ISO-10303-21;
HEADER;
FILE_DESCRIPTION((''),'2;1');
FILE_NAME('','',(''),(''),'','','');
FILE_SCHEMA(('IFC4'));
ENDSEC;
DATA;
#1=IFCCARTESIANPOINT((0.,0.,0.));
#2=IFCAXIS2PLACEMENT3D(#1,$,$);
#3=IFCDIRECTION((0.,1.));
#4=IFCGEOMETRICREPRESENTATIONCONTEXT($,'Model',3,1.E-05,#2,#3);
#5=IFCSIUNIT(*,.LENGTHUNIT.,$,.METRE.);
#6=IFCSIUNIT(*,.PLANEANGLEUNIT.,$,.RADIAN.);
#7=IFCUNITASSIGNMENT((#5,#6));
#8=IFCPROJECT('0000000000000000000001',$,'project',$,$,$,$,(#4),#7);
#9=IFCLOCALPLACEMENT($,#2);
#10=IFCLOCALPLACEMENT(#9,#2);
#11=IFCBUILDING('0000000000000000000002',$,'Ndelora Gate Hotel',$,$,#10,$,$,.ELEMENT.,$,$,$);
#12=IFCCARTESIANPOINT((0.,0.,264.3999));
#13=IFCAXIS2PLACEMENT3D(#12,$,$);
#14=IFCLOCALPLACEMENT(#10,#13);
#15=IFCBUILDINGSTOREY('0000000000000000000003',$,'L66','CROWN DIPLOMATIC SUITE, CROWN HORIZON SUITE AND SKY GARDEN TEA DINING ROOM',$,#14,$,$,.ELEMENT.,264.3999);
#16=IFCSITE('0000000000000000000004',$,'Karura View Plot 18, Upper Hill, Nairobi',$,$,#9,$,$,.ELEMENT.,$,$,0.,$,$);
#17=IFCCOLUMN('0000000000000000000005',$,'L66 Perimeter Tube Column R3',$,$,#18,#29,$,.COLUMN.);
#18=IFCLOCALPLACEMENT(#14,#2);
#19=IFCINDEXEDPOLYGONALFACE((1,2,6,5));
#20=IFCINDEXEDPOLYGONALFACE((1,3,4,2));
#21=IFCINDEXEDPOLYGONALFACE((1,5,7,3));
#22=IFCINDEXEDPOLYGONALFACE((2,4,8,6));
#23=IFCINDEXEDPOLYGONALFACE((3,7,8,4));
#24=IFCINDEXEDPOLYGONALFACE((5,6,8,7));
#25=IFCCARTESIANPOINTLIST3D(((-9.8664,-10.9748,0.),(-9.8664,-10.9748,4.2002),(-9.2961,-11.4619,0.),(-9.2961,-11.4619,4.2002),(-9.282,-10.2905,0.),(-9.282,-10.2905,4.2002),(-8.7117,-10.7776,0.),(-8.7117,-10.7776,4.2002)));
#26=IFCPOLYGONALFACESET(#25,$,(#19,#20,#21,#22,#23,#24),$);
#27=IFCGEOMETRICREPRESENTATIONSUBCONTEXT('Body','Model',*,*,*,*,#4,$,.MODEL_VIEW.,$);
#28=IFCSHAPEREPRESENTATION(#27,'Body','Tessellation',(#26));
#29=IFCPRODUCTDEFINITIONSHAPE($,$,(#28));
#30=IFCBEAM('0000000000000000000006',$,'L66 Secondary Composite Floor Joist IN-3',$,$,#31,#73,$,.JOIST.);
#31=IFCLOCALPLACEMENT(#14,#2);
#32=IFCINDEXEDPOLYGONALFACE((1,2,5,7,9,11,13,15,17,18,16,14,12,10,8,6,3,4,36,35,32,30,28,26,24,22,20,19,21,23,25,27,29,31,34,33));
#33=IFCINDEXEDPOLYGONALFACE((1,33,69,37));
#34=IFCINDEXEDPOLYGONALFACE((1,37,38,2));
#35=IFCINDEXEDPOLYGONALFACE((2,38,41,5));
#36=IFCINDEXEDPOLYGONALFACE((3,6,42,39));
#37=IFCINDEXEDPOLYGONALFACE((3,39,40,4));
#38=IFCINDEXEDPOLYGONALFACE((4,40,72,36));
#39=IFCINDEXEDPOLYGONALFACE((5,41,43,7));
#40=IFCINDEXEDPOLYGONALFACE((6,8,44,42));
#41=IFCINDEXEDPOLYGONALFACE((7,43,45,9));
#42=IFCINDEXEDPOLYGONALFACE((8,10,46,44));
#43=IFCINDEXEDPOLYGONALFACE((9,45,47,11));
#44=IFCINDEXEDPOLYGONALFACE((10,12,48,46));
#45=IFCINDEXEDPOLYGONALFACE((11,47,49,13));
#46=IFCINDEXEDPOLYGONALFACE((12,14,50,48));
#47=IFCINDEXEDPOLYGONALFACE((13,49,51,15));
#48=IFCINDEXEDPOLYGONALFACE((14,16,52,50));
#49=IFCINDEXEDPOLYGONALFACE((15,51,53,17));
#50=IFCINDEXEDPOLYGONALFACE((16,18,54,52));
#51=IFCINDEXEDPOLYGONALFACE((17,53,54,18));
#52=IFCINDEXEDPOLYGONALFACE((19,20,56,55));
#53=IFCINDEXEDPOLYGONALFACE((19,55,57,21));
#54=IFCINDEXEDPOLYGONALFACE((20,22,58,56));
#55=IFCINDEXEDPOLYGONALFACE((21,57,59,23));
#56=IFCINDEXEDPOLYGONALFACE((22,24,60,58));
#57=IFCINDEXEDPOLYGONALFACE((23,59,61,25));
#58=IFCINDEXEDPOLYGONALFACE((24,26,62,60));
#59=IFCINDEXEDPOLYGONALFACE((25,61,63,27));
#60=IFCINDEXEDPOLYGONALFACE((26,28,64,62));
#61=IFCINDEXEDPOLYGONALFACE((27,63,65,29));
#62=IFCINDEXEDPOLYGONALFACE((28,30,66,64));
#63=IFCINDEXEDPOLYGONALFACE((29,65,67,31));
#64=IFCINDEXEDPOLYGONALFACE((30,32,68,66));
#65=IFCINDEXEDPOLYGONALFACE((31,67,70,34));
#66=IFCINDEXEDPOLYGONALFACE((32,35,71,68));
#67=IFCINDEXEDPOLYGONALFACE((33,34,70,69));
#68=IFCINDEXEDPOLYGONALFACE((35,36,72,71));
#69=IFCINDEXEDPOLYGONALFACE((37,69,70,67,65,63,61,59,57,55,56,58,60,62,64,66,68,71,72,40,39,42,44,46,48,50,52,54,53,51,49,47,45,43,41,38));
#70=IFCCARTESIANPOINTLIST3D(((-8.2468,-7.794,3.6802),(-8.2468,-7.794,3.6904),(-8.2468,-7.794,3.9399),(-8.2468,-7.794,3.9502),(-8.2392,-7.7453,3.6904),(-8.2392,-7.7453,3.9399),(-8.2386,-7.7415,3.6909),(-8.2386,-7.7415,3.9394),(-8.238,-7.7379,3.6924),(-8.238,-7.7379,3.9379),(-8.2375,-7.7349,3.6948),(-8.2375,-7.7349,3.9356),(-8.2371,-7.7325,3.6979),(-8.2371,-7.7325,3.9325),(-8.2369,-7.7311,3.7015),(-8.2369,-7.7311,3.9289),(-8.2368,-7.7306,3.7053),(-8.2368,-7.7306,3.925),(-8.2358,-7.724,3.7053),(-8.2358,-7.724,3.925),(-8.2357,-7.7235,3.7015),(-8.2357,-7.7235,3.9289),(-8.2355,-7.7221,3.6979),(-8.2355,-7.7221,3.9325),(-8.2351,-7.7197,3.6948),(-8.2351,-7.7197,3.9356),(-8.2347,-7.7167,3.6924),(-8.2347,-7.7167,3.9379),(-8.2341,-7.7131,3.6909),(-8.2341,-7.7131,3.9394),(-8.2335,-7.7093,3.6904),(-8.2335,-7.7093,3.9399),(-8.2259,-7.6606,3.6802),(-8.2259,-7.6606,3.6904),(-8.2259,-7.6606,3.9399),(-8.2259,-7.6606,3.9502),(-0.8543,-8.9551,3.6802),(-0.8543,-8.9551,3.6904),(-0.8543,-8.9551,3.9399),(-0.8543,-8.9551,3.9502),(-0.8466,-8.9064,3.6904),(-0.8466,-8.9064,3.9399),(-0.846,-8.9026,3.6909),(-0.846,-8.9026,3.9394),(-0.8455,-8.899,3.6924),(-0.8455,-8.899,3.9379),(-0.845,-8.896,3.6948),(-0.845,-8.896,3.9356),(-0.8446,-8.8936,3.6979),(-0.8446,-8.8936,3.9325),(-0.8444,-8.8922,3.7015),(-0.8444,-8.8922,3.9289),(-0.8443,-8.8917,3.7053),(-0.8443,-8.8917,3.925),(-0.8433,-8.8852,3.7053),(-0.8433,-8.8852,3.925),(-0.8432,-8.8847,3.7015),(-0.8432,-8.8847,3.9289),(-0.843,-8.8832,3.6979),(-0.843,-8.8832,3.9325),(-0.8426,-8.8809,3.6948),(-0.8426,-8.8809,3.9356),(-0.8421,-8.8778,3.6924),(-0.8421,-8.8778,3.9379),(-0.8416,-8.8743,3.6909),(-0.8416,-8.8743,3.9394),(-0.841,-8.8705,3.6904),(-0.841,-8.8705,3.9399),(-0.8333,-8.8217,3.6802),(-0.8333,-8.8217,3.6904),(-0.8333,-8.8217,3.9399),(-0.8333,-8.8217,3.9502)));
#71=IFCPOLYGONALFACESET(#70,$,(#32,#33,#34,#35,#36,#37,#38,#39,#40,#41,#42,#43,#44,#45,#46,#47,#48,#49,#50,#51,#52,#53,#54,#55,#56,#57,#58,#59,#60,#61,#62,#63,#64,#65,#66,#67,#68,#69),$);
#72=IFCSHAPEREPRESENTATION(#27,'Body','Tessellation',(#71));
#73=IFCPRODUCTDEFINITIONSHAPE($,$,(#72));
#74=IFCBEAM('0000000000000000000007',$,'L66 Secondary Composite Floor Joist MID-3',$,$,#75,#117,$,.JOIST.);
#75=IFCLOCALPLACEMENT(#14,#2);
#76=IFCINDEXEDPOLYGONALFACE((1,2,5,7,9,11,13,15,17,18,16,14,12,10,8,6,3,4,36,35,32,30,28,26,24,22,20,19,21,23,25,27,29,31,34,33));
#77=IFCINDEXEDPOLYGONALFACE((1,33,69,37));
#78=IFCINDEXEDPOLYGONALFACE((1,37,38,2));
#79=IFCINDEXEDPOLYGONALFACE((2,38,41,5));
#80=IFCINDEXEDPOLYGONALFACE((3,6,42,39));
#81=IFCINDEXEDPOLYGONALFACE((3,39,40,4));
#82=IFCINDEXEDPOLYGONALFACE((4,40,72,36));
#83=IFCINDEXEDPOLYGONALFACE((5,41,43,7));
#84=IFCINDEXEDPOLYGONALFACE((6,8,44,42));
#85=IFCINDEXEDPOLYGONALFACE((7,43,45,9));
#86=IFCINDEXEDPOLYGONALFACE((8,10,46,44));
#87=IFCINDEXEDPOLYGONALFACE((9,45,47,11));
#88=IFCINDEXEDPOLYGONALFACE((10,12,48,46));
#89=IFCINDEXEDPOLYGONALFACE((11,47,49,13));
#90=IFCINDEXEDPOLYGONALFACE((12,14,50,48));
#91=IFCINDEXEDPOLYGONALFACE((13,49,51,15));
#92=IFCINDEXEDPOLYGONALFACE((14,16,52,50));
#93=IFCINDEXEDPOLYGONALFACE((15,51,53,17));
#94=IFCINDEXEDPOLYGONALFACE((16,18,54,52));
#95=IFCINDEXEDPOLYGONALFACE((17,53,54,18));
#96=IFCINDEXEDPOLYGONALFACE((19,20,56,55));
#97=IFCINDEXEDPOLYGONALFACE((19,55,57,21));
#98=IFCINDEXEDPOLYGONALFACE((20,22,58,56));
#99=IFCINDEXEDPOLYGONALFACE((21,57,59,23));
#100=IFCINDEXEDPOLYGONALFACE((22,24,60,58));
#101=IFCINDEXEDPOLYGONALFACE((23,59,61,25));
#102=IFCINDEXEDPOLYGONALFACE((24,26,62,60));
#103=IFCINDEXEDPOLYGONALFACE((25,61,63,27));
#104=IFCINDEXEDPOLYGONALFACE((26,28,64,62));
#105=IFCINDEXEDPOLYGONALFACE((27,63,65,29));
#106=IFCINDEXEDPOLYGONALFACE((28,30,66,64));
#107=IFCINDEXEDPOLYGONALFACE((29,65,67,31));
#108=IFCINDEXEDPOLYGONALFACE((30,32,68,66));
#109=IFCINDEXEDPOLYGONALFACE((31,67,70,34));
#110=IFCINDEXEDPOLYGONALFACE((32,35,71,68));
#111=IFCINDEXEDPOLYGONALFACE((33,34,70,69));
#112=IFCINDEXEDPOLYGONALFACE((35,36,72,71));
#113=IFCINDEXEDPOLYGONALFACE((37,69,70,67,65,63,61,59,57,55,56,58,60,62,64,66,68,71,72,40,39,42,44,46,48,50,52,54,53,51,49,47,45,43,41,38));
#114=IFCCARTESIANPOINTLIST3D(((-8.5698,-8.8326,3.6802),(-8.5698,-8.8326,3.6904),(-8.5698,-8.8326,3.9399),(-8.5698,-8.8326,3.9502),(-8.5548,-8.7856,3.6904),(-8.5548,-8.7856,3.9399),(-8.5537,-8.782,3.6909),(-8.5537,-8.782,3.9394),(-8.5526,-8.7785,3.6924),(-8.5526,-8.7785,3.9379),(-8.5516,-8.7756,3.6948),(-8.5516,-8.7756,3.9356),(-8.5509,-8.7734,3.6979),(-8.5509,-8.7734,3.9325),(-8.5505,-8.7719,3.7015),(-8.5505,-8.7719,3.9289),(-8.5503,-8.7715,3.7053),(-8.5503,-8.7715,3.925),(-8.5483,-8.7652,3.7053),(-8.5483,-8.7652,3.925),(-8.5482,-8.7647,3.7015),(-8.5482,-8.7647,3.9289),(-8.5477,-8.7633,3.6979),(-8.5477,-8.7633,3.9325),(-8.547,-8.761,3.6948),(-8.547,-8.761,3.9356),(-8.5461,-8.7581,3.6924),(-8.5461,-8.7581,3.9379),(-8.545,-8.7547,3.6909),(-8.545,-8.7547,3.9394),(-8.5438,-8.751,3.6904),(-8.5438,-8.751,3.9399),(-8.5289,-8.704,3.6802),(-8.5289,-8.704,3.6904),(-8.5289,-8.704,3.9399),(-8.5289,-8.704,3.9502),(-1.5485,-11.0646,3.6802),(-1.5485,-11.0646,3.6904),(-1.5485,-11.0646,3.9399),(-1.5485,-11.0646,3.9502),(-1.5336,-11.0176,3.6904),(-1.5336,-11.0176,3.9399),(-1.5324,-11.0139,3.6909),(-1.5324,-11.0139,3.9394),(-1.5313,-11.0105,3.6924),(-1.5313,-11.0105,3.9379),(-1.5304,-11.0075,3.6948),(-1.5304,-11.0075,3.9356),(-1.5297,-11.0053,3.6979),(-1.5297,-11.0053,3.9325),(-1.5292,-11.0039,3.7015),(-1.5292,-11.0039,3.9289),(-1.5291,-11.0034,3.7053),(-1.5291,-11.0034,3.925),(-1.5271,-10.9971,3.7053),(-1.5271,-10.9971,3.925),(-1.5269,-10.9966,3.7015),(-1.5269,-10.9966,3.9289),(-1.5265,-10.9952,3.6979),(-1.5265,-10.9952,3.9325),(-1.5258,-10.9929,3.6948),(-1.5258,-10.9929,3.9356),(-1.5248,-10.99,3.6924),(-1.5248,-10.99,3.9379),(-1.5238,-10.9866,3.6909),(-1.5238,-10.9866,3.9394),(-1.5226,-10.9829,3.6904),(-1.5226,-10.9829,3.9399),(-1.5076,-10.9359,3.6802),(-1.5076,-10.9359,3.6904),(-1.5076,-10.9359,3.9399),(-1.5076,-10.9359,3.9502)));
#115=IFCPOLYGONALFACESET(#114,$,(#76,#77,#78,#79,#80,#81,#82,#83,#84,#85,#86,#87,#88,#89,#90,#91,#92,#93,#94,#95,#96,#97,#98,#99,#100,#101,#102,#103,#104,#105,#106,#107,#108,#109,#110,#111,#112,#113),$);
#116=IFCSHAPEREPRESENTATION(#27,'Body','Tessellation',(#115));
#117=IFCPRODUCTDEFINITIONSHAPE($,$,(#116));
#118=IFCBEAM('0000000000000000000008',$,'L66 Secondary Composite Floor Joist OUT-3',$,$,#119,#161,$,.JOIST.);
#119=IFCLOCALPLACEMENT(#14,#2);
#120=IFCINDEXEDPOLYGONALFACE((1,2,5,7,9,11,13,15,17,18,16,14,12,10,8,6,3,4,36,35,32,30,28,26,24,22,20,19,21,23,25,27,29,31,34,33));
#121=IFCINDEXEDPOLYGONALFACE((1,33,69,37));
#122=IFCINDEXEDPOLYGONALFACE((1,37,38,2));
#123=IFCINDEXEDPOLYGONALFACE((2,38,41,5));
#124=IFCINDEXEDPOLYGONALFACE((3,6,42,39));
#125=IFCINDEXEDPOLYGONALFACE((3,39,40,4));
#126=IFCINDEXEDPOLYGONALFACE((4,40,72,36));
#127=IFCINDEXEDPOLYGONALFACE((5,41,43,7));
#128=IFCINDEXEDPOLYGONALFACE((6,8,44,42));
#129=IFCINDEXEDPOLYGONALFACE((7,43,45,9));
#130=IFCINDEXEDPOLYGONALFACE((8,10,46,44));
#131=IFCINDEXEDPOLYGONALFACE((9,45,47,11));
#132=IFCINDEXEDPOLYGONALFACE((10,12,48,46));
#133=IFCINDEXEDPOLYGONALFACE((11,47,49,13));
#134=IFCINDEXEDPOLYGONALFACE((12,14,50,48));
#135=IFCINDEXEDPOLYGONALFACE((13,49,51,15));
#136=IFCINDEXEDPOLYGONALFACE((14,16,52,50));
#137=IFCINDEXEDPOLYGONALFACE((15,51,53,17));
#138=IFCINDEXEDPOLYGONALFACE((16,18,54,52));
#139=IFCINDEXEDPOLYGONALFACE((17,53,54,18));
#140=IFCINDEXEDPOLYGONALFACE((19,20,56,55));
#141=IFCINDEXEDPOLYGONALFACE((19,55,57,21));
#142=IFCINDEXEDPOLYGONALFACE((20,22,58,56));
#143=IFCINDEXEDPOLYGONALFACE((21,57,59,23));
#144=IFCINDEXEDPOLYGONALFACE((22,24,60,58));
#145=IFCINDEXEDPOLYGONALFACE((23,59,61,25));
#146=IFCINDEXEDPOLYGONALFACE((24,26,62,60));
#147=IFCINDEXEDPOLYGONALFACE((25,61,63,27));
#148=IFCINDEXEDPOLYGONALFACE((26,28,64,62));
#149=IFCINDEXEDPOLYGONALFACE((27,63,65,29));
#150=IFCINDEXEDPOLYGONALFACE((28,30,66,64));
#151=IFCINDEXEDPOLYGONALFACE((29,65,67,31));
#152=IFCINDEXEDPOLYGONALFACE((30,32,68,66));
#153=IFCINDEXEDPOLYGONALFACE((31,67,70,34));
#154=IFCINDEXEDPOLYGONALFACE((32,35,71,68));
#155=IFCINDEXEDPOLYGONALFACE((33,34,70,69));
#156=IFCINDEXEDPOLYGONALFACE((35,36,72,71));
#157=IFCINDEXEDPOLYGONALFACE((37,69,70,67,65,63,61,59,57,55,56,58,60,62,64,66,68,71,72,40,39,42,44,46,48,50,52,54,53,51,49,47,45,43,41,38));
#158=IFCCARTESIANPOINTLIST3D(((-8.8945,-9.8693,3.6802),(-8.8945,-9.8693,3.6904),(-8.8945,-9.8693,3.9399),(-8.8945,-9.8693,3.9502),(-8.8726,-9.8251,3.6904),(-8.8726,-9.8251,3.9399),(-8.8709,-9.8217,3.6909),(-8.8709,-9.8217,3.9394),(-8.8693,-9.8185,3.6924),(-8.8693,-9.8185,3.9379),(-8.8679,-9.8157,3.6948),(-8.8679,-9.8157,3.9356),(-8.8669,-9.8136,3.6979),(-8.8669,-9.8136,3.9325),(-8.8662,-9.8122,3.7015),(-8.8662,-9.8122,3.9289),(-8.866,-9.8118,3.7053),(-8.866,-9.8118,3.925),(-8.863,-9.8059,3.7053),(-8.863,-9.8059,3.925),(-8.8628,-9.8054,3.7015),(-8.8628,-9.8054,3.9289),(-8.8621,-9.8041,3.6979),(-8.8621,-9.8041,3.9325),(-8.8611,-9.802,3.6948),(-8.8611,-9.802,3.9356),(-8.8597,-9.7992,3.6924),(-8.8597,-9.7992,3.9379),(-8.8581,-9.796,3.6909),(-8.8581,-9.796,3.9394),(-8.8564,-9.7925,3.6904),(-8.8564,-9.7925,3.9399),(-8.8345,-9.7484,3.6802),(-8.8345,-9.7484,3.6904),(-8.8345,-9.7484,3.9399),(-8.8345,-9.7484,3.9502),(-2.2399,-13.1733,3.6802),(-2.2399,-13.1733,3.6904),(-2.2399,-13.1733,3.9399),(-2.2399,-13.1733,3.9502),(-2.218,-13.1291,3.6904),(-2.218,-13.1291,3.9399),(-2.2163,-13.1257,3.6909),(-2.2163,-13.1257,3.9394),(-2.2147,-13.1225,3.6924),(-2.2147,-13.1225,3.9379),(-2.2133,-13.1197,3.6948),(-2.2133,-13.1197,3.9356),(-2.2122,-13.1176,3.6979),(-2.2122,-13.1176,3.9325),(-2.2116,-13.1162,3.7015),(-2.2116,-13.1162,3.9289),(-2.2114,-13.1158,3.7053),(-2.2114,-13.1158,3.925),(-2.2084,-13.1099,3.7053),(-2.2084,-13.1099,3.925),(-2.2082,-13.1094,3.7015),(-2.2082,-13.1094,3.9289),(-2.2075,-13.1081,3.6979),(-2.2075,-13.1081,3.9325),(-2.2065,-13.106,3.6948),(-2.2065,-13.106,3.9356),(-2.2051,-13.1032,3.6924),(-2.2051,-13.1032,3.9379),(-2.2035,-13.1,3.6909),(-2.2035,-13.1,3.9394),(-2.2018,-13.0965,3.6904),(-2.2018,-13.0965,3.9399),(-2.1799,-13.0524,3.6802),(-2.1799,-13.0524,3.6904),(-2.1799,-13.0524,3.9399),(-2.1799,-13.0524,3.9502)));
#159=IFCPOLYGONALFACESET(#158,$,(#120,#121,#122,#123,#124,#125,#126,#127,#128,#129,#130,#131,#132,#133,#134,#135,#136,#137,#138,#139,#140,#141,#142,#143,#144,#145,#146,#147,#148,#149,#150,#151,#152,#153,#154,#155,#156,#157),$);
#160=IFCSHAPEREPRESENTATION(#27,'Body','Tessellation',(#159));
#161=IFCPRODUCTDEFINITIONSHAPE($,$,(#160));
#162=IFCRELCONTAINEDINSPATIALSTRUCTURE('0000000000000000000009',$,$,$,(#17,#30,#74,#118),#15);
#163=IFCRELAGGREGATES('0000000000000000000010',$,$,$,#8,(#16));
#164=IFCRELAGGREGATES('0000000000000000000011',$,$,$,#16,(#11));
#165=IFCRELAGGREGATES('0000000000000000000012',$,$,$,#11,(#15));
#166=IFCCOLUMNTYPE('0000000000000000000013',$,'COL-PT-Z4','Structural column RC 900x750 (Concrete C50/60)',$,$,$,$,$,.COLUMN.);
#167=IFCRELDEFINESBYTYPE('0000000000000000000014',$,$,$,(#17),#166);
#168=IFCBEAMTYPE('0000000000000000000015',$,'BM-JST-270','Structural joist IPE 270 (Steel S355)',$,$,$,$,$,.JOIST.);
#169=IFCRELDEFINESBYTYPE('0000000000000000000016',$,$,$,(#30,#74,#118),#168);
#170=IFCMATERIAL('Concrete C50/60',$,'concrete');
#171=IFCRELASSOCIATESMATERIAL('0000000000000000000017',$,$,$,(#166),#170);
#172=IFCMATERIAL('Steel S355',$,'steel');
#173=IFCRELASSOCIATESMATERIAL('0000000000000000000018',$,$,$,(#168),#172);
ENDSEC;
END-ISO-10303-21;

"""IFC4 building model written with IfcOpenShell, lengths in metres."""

from ifc_helpers import new_model, si_unit, direction, frame, origin, origin_2d, place, context, subcontext, project, spatial, rectangle, i_section, extrude, material, material_profile, profile_set, type_object, element, save


model = new_model("IFC4")

# Units and contexts
model_context = context("Model", 3, precision=1e-05, world=origin(), true_north=direction((0.0, 1.0)))
body_context = subcontext(model_context, "Body", "Model", "MODEL_VIEW")
ifc_project = project(units=[si_unit("LENGTHUNIT", "METRE"), si_unit("PLANEANGLEUNIT", "RADIAN")], contexts=[model_context])

# Site, building, storey
site_placement = place(None, origin())
site = spatial("IfcSite", under=ifc_project, at=site_placement, Name="Karura View Plot 18, Upper Hill, Nairobi", CompositionType="ELEMENT", RefElevation=0.0)
building_placement = place(site_placement, origin())
building = spatial("IfcBuilding", under=site, at=building_placement, Name="Ndelora Gate Hotel", CompositionType="ELEMENT")
storey_placement = place(building_placement, frame((0.0, 0.0, 264.3999)))
storey = spatial("IfcBuildingStorey", under=building, at=storey_placement, Name="L66", Description="CROWN DIPLOMATIC SUITE, CROWN HORIZON SUITE AND SKY GARDEN TEA DINING ROOM", CompositionType="ELEMENT", Elevation=264.3999)

# Column
ifc_material_1 = material(Name="Concrete C50/60", Category="concrete")
ifc_material_profile_1 = material_profile(ifc_material_1, rectangle(XDim=0.75, YDim=0.8999, at=origin_2d()), Name="RC 900x750")
ifc_profile_set_1 = profile_set([ifc_material_profile_1], Name="Concrete C50/60")
column_type = type_object("IfcColumnType", Name="COL-PT-Z4", Description="Structural column RC 900x750 (Concrete C50/60)", PredefinedType="COLUMN", material=ifc_profile_set_1)
column_placement = place(storey_placement, frame((-9.2891, -10.8762, 0.0), z_axis=(0.0, 0.0, 1.0), x_axis=(-0.760406, 0.649448, 0.0)))
element("IfcColumn", 1, at=column_placement, inside=storey, type_object=column_type, Name="L66 Perimeter Tube Column R3", PredefinedType="COLUMN", context=body_context, shape_type="SweptSolid", body=[
    extrude(rectangle(XDim=0.75, YDim=0.8999, at=origin_2d()), origin(), (0.0, 0.0, 1.0), 4.2002),
])

# Beams
ifc_material_2 = material(Name="Steel S355", Category="steel")
ifc_material_profile_2 = material_profile(ifc_material_2, i_section(OverallWidth=0.135, OverallDepth=0.27, WebThickness=0.0066, FlangeThickness=0.0103, FilletRadius=0.0149, at=origin_2d()), Name="IPE 270")
ifc_profile_set_2 = profile_set([ifc_material_profile_2], Name="Steel S355")
beam_type_1 = type_object("IfcBeamType", Name="BM-JST-270", Description="Structural joist IPE 270 (Steel S355)", PredefinedType="JOIST", material=ifc_profile_set_2)
beam_1_placement = place(storey_placement, frame((-8.2363, -7.7273, 3.8152), z_axis=(0.987889, -0.155165, 0.0), x_axis=(0.155165, 0.987889, 0.0)))
element("IfcBeam", 2, at=beam_1_placement, inside=storey, type_object=beam_type_1, Name="L66 Secondary Composite Floor Joist IN-3", PredefinedType="JOIST", context=body_context, shape_type="SweptSolid", body=[
    extrude(i_section(OverallWidth=0.135, OverallDepth=0.27, WebThickness=0.0066, FlangeThickness=0.0103, FilletRadius=0.0149, at=origin_2d()), origin(), (0.0, 0.0, 1.0), 7.4832),
])
beam_2_placement = place(storey_placement, frame((-8.5493, -8.7683, 3.8152), z_axis=(0.953008, -0.302945, 0.0), x_axis=(0.302945, 0.953008, 0.0)))
element("IfcBeam", 3, at=beam_2_placement, inside=storey, type_object=beam_type_1, Name="L66 Secondary Composite Floor Joist MID-3", PredefinedType="JOIST", context=body_context, shape_type="SweptSolid", body=[
    extrude(i_section(OverallWidth=0.135, OverallDepth=0.27, WebThickness=0.0066, FlangeThickness=0.0103, FilletRadius=0.0149, at=origin_2d()), origin(), (0.0, 0.0, 1.0), 7.3674),
])
beam_3_placement = place(storey_placement, frame((-8.8645, -9.8088, 3.8152), z_axis=(0.895679, -0.444701, 0.0), x_axis=(0.444701, 0.895679, 0.0)))
element("IfcBeam", 4, at=beam_3_placement, inside=storey, type_object=beam_type_1, Name="L66 Secondary Composite Floor Joist OUT-3", PredefinedType="JOIST", context=body_context, shape_type="SweptSolid", body=[
    extrude(i_section(OverallWidth=0.135, OverallDepth=0.27, WebThickness=0.0066, FlangeThickness=0.0103, FilletRadius=0.0149, at=origin_2d()), origin(), (0.0, 0.0, 1.0), 7.4297),
])

save(model, "model.ifc")
